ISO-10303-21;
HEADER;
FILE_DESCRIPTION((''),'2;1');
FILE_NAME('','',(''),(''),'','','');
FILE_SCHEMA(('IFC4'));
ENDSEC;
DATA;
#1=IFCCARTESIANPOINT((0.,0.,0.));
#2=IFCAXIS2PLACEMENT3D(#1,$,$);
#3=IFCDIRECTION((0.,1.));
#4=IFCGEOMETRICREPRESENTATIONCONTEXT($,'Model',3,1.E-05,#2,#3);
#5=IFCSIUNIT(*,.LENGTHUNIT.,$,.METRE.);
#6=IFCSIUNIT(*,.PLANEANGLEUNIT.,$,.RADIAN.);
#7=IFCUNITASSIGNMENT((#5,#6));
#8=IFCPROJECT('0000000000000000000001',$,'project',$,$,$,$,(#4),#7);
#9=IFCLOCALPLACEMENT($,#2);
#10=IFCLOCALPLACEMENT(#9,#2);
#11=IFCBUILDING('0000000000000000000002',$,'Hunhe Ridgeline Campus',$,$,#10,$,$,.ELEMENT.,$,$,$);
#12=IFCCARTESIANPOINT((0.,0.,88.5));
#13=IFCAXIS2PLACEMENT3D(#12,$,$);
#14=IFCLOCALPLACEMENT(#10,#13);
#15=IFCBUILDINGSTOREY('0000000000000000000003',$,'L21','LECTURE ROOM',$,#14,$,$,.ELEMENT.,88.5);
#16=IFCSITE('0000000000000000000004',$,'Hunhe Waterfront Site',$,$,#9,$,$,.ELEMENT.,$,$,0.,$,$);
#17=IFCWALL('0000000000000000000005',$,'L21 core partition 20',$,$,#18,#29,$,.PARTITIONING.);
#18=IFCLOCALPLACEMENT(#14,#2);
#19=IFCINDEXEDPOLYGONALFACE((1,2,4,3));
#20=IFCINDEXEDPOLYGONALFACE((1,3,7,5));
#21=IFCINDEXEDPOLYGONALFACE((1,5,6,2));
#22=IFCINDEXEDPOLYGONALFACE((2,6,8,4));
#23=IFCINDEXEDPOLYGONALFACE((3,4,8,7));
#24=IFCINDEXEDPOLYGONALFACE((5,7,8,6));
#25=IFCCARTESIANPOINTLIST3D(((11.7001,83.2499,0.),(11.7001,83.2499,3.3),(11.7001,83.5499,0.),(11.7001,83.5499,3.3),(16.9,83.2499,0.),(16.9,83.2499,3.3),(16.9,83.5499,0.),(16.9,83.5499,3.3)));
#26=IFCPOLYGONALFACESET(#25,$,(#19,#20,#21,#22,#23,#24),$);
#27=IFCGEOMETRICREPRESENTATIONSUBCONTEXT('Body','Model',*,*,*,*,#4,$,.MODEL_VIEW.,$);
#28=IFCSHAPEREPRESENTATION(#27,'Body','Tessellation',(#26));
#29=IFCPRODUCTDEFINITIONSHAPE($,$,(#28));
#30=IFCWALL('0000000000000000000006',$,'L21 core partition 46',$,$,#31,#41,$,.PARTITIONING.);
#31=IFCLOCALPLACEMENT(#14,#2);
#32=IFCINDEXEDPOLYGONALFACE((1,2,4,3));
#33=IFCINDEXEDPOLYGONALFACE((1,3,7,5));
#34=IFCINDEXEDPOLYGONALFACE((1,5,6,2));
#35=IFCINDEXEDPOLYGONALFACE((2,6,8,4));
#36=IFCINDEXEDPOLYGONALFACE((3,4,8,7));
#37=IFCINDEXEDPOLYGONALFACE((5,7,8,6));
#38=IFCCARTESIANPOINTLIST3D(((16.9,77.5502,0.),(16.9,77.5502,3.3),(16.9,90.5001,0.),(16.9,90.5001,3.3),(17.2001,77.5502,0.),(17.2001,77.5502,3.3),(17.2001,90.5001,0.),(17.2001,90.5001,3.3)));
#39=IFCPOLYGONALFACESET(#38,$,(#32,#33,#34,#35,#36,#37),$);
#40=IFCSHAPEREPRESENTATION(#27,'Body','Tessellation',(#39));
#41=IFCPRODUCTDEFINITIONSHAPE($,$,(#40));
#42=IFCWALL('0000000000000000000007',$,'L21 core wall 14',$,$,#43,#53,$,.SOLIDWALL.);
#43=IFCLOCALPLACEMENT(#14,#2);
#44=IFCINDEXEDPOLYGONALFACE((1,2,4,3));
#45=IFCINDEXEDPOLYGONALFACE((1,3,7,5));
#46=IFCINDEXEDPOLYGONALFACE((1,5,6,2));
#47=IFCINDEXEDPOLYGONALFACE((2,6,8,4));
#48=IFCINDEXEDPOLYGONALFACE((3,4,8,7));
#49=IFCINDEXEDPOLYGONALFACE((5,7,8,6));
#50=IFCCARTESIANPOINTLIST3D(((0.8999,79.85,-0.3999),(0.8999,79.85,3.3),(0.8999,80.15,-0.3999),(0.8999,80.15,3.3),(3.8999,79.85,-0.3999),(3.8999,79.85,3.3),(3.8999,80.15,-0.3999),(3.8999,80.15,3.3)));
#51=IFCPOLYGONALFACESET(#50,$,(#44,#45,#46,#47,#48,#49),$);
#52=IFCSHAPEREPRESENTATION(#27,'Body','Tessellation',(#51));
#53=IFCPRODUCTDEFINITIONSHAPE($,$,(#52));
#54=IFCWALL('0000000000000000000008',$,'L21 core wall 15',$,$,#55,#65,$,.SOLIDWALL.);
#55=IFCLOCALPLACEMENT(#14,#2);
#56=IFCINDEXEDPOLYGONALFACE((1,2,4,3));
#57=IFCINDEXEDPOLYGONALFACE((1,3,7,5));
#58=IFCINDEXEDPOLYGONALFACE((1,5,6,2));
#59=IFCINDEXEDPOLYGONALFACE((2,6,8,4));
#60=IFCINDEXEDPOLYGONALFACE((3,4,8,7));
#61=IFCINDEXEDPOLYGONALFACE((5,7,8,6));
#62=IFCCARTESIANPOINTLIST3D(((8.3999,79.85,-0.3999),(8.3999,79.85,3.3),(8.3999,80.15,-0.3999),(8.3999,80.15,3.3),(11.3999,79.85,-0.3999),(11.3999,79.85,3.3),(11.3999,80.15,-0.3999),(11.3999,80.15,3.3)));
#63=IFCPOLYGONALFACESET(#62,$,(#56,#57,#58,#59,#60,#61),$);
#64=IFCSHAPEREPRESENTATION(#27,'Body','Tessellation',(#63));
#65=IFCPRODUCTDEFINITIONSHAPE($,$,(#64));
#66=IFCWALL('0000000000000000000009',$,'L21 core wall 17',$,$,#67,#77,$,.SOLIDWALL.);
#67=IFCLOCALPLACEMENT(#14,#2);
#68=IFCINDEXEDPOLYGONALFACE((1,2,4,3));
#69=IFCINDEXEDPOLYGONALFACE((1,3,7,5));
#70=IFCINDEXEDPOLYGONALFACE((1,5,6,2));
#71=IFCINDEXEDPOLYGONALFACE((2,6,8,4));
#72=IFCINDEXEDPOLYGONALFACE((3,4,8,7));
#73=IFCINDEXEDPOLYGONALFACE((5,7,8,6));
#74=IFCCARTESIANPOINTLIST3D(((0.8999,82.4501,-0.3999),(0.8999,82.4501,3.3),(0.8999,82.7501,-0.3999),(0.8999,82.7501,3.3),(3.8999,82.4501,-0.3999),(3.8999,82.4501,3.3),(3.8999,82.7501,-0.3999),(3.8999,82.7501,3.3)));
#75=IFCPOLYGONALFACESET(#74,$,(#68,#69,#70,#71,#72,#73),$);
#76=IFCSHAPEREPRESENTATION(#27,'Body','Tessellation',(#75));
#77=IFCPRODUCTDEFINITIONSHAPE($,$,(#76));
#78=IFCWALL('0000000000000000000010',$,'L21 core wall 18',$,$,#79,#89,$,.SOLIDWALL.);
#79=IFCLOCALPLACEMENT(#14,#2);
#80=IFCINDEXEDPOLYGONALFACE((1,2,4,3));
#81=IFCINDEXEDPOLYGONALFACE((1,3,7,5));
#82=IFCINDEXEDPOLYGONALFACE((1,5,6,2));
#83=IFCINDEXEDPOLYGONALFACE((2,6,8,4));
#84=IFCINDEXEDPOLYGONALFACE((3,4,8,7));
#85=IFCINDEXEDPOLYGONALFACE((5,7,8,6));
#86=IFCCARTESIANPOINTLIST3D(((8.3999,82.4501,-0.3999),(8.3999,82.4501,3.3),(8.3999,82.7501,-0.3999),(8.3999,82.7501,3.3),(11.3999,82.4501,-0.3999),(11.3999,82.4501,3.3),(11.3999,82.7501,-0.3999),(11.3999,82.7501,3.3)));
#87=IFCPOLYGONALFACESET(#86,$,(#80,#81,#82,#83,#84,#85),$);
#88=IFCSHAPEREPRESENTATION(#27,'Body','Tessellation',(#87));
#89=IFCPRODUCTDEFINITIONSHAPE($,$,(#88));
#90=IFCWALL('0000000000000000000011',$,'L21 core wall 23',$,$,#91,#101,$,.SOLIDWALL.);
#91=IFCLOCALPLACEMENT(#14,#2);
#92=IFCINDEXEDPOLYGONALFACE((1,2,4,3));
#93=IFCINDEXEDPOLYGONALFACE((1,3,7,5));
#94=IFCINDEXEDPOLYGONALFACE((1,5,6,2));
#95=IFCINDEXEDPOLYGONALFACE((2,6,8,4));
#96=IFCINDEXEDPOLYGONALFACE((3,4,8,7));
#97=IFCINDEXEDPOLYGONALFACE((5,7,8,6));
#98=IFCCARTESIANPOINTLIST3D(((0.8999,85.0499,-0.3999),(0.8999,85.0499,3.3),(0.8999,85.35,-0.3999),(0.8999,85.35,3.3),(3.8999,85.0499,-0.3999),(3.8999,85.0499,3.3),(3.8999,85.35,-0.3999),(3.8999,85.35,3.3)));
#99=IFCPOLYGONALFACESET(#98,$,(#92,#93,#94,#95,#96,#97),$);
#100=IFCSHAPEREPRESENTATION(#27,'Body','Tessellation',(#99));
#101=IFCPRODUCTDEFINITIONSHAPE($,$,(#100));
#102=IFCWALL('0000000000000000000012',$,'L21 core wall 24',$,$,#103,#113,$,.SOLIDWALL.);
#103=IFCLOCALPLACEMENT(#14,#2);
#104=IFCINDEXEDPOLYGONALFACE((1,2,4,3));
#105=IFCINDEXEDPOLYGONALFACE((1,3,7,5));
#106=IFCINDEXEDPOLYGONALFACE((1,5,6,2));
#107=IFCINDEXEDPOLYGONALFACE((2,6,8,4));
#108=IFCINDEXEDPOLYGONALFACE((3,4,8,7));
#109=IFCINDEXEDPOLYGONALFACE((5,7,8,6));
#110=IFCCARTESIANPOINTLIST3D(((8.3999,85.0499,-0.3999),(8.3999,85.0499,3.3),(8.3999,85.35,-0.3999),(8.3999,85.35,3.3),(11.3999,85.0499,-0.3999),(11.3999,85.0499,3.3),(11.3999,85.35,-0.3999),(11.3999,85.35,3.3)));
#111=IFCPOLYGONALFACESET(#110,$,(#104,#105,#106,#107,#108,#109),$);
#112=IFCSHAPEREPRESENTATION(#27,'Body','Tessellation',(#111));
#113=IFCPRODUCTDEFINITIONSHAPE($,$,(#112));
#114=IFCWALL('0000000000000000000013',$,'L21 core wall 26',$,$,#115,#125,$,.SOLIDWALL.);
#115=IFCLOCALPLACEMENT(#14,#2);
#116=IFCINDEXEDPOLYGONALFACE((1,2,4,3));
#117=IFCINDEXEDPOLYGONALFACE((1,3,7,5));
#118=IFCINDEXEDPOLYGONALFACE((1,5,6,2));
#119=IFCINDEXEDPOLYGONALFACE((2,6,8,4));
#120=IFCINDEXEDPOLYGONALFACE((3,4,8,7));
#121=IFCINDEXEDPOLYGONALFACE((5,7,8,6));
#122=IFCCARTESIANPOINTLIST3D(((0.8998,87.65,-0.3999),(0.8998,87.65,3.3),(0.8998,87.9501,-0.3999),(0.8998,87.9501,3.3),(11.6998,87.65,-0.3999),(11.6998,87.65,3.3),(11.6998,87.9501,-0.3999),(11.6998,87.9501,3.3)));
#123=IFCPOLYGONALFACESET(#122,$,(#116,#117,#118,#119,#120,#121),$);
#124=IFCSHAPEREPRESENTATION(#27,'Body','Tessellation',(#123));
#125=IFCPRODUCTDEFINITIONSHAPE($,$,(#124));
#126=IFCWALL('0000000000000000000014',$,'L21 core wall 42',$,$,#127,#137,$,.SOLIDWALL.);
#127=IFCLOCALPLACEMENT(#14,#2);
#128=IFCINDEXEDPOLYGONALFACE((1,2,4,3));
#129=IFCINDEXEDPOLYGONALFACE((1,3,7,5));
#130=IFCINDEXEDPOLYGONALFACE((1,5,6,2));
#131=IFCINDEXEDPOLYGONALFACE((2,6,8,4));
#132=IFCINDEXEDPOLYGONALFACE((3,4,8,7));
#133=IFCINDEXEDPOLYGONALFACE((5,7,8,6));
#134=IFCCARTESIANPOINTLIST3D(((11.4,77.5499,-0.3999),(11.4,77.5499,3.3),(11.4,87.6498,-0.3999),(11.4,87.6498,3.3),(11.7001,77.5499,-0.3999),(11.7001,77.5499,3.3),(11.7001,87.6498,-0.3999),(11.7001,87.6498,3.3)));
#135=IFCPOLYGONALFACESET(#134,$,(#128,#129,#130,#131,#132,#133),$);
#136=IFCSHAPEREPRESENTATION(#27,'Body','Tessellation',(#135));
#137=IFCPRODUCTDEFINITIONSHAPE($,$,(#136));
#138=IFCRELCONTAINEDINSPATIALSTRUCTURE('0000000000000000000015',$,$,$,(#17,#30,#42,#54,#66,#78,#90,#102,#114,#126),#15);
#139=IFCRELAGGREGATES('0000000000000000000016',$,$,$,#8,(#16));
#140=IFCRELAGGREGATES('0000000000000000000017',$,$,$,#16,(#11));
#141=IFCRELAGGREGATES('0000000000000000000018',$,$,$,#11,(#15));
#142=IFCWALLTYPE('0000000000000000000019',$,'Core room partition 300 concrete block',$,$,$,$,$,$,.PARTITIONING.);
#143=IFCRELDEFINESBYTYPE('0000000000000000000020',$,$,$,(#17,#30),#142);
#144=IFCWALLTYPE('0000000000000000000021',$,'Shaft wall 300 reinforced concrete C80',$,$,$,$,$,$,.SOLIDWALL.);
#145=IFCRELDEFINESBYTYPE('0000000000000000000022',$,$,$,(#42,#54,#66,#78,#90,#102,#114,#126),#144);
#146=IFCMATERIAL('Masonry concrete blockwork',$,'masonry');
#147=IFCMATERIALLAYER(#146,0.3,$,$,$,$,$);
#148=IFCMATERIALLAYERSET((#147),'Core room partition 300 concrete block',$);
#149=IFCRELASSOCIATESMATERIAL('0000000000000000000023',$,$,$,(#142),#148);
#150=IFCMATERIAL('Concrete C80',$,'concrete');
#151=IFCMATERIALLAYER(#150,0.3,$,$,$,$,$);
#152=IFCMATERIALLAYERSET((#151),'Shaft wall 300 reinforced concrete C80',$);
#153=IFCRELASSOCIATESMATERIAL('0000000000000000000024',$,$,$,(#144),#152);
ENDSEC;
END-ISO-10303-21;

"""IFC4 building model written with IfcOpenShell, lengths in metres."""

from ifc_helpers import new_model, si_unit, direction, frame, frame_2d, origin, place, context, subcontext, project, spatial, rectangle, extrude, material, layer, layer_set, type_object, element, save


model = new_model("IFC4")

# Units and contexts
model_context = context("Model", 3, precision=1e-05, world=origin(), true_north=direction((0.0, 1.0)))
body_context = subcontext(model_context, "Body", "Model", "MODEL_VIEW")
ifc_project = project(units=[si_unit("LENGTHUNIT", "METRE"), si_unit("PLANEANGLEUNIT", "RADIAN")], contexts=[model_context])

# Site, building, storey
site_placement = place(None, origin())
site = spatial("IfcSite", under=ifc_project, at=site_placement, Name="Hunhe Waterfront Site", CompositionType="ELEMENT", RefElevation=0.0)
building_placement = place(site_placement, origin())
building = spatial("IfcBuilding", under=site, at=building_placement, Name="Hunhe Ridgeline Campus", CompositionType="ELEMENT")
storey_placement = place(building_placement, frame((0.0, 0.0, 88.5)))
storey = spatial("IfcBuildingStorey", under=building, at=storey_placement, Name="L21", Description="LECTURE ROOM", CompositionType="ELEMENT", Elevation=88.5)

# Walls
ifc_material_1 = material(Name="Masonry concrete blockwork", Category="masonry")
ifc_layer_1 = layer(ifc_material_1, 0.3)
ifc_layer_set_1 = layer_set([ifc_layer_1], Name="Core room partition 300 concrete block")
wall_type_1 = type_object("IfcWallType", Name="Core room partition 300 concrete block", PredefinedType="PARTITIONING", material=ifc_layer_set_1)
wall_1_placement = place(storey_placement, frame((11.7, 83.3999, 0.0), z_axis=(0.0, 0.0, 1.0), x_axis=(1.0, 0.0, 0.0)))
element("IfcWall", 1, at=wall_1_placement, inside=storey, type_object=wall_type_1, Name="L21 core partition 20", PredefinedType="PARTITIONING", context=body_context, shape_type="SweptSolid", body=[
    extrude(rectangle(XDim=5.2, YDim=0.3, at=frame_2d((2.6001, 0.0))), origin(), (0.0, 0.0, 1.0), 3.3),
])
wall_2_placement = place(storey_placement, frame((17.05, 77.55, 0.0), z_axis=(0.0, 0.0, 1.0), x_axis=(0.0, 1.0, 0.0)))
element("IfcWall", 2, at=wall_2_placement, inside=storey, type_object=wall_type_1, Name="L21 core partition 46", PredefinedType="PARTITIONING", context=body_context, shape_type="SweptSolid", body=[
    extrude(rectangle(XDim=12.95, YDim=0.3, at=frame_2d((6.4751, 0.0))), origin(), (0.0, 0.0, 1.0), 3.3),
])

# Shared definitions
ifc_material_2 = material(Name="Concrete C80", Category="concrete")
ifc_layer_2 = layer(ifc_material_2, 0.3)
ifc_layer_set_2 = layer_set([ifc_layer_2], Name="Shaft wall 300 reinforced concrete C80")
wall_type_2 = type_object("IfcWallType", Name="Shaft wall 300 reinforced concrete C80", PredefinedType="SOLIDWALL", material=ifc_layer_set_2)

# Walls
for number, where, z_axis, x_axis, name in (
    (3, (0.8999, 80.0, -0.3999), (0.0, 0.0, 1.0), (1.0, 0.0, 0.0), "L21 core wall 14"),
    (4, (8.3999, 80.0, -0.3999), (0.0, 0.0, 1.0), (1.0, 0.0, 0.0), "L21 core wall 15"),
    (5, (0.8999, 82.6001, -0.3999), (0.0, 0.0, 1.0), (1.0, 0.0, 0.0), "L21 core wall 17"),
    (6, (8.3999, 82.6001, -0.3999), (0.0, 0.0, 1.0), (1.0, 0.0, 0.0), "L21 core wall 18"),
    (7, (0.8999, 85.2, -0.3999), (0.0, 0.0, 1.0), (1.0, 0.0, 0.0), "L21 core wall 23"),
    (8, (8.3999, 85.2, -0.3999), (0.0, 0.0, 1.0), (1.0, 0.0, 0.0), "L21 core wall 24"),
):
    element("IfcWall", number, at=place(storey_placement, frame(where, z_axis=z_axis, x_axis=x_axis)), inside=storey, type_object=wall_type_2, Name=name, PredefinedType="SOLIDWALL", context=body_context, shape_type="SweptSolid", body=[
        extrude(rectangle(XDim=3.0, YDim=0.3, at=frame_2d((1.5, 0.0))), origin(), (0.0, 0.0, 1.0), 3.7),
    ])
wall_3_placement = place(storey_placement, frame((0.8999, 87.8, -0.3999), z_axis=(0.0, 0.0, 1.0), x_axis=(1.0, 0.0, 0.0)))
element("IfcWall", 9, at=wall_3_placement, inside=storey, type_object=wall_type_2, Name="L21 core wall 26", PredefinedType="SOLIDWALL", context=body_context, shape_type="SweptSolid", body=[
    extrude(rectangle(XDim=10.8, YDim=0.3, at=frame_2d((5.3999, 0.0))), origin(), (0.0, 0.0, 1.0), 3.7),
])

# Wall
wall_4_placement = place(storey_placement, frame((11.55, 77.55, -0.3999), z_axis=(0.0, 0.0, 1.0), x_axis=(0.0, 1.0, 0.0)))
element("IfcWall", 10, at=wall_4_placement, inside=storey, type_object=wall_type_2, Name="L21 core wall 42", PredefinedType="SOLIDWALL", context=body_context, shape_type="SweptSolid", body=[
    extrude(rectangle(XDim=10.0999, YDim=0.3, at=frame_2d((5.0498, 0.0))), origin(), (0.0, 0.0, 1.0), 3.7),
])

save(model, "model.ifc")
